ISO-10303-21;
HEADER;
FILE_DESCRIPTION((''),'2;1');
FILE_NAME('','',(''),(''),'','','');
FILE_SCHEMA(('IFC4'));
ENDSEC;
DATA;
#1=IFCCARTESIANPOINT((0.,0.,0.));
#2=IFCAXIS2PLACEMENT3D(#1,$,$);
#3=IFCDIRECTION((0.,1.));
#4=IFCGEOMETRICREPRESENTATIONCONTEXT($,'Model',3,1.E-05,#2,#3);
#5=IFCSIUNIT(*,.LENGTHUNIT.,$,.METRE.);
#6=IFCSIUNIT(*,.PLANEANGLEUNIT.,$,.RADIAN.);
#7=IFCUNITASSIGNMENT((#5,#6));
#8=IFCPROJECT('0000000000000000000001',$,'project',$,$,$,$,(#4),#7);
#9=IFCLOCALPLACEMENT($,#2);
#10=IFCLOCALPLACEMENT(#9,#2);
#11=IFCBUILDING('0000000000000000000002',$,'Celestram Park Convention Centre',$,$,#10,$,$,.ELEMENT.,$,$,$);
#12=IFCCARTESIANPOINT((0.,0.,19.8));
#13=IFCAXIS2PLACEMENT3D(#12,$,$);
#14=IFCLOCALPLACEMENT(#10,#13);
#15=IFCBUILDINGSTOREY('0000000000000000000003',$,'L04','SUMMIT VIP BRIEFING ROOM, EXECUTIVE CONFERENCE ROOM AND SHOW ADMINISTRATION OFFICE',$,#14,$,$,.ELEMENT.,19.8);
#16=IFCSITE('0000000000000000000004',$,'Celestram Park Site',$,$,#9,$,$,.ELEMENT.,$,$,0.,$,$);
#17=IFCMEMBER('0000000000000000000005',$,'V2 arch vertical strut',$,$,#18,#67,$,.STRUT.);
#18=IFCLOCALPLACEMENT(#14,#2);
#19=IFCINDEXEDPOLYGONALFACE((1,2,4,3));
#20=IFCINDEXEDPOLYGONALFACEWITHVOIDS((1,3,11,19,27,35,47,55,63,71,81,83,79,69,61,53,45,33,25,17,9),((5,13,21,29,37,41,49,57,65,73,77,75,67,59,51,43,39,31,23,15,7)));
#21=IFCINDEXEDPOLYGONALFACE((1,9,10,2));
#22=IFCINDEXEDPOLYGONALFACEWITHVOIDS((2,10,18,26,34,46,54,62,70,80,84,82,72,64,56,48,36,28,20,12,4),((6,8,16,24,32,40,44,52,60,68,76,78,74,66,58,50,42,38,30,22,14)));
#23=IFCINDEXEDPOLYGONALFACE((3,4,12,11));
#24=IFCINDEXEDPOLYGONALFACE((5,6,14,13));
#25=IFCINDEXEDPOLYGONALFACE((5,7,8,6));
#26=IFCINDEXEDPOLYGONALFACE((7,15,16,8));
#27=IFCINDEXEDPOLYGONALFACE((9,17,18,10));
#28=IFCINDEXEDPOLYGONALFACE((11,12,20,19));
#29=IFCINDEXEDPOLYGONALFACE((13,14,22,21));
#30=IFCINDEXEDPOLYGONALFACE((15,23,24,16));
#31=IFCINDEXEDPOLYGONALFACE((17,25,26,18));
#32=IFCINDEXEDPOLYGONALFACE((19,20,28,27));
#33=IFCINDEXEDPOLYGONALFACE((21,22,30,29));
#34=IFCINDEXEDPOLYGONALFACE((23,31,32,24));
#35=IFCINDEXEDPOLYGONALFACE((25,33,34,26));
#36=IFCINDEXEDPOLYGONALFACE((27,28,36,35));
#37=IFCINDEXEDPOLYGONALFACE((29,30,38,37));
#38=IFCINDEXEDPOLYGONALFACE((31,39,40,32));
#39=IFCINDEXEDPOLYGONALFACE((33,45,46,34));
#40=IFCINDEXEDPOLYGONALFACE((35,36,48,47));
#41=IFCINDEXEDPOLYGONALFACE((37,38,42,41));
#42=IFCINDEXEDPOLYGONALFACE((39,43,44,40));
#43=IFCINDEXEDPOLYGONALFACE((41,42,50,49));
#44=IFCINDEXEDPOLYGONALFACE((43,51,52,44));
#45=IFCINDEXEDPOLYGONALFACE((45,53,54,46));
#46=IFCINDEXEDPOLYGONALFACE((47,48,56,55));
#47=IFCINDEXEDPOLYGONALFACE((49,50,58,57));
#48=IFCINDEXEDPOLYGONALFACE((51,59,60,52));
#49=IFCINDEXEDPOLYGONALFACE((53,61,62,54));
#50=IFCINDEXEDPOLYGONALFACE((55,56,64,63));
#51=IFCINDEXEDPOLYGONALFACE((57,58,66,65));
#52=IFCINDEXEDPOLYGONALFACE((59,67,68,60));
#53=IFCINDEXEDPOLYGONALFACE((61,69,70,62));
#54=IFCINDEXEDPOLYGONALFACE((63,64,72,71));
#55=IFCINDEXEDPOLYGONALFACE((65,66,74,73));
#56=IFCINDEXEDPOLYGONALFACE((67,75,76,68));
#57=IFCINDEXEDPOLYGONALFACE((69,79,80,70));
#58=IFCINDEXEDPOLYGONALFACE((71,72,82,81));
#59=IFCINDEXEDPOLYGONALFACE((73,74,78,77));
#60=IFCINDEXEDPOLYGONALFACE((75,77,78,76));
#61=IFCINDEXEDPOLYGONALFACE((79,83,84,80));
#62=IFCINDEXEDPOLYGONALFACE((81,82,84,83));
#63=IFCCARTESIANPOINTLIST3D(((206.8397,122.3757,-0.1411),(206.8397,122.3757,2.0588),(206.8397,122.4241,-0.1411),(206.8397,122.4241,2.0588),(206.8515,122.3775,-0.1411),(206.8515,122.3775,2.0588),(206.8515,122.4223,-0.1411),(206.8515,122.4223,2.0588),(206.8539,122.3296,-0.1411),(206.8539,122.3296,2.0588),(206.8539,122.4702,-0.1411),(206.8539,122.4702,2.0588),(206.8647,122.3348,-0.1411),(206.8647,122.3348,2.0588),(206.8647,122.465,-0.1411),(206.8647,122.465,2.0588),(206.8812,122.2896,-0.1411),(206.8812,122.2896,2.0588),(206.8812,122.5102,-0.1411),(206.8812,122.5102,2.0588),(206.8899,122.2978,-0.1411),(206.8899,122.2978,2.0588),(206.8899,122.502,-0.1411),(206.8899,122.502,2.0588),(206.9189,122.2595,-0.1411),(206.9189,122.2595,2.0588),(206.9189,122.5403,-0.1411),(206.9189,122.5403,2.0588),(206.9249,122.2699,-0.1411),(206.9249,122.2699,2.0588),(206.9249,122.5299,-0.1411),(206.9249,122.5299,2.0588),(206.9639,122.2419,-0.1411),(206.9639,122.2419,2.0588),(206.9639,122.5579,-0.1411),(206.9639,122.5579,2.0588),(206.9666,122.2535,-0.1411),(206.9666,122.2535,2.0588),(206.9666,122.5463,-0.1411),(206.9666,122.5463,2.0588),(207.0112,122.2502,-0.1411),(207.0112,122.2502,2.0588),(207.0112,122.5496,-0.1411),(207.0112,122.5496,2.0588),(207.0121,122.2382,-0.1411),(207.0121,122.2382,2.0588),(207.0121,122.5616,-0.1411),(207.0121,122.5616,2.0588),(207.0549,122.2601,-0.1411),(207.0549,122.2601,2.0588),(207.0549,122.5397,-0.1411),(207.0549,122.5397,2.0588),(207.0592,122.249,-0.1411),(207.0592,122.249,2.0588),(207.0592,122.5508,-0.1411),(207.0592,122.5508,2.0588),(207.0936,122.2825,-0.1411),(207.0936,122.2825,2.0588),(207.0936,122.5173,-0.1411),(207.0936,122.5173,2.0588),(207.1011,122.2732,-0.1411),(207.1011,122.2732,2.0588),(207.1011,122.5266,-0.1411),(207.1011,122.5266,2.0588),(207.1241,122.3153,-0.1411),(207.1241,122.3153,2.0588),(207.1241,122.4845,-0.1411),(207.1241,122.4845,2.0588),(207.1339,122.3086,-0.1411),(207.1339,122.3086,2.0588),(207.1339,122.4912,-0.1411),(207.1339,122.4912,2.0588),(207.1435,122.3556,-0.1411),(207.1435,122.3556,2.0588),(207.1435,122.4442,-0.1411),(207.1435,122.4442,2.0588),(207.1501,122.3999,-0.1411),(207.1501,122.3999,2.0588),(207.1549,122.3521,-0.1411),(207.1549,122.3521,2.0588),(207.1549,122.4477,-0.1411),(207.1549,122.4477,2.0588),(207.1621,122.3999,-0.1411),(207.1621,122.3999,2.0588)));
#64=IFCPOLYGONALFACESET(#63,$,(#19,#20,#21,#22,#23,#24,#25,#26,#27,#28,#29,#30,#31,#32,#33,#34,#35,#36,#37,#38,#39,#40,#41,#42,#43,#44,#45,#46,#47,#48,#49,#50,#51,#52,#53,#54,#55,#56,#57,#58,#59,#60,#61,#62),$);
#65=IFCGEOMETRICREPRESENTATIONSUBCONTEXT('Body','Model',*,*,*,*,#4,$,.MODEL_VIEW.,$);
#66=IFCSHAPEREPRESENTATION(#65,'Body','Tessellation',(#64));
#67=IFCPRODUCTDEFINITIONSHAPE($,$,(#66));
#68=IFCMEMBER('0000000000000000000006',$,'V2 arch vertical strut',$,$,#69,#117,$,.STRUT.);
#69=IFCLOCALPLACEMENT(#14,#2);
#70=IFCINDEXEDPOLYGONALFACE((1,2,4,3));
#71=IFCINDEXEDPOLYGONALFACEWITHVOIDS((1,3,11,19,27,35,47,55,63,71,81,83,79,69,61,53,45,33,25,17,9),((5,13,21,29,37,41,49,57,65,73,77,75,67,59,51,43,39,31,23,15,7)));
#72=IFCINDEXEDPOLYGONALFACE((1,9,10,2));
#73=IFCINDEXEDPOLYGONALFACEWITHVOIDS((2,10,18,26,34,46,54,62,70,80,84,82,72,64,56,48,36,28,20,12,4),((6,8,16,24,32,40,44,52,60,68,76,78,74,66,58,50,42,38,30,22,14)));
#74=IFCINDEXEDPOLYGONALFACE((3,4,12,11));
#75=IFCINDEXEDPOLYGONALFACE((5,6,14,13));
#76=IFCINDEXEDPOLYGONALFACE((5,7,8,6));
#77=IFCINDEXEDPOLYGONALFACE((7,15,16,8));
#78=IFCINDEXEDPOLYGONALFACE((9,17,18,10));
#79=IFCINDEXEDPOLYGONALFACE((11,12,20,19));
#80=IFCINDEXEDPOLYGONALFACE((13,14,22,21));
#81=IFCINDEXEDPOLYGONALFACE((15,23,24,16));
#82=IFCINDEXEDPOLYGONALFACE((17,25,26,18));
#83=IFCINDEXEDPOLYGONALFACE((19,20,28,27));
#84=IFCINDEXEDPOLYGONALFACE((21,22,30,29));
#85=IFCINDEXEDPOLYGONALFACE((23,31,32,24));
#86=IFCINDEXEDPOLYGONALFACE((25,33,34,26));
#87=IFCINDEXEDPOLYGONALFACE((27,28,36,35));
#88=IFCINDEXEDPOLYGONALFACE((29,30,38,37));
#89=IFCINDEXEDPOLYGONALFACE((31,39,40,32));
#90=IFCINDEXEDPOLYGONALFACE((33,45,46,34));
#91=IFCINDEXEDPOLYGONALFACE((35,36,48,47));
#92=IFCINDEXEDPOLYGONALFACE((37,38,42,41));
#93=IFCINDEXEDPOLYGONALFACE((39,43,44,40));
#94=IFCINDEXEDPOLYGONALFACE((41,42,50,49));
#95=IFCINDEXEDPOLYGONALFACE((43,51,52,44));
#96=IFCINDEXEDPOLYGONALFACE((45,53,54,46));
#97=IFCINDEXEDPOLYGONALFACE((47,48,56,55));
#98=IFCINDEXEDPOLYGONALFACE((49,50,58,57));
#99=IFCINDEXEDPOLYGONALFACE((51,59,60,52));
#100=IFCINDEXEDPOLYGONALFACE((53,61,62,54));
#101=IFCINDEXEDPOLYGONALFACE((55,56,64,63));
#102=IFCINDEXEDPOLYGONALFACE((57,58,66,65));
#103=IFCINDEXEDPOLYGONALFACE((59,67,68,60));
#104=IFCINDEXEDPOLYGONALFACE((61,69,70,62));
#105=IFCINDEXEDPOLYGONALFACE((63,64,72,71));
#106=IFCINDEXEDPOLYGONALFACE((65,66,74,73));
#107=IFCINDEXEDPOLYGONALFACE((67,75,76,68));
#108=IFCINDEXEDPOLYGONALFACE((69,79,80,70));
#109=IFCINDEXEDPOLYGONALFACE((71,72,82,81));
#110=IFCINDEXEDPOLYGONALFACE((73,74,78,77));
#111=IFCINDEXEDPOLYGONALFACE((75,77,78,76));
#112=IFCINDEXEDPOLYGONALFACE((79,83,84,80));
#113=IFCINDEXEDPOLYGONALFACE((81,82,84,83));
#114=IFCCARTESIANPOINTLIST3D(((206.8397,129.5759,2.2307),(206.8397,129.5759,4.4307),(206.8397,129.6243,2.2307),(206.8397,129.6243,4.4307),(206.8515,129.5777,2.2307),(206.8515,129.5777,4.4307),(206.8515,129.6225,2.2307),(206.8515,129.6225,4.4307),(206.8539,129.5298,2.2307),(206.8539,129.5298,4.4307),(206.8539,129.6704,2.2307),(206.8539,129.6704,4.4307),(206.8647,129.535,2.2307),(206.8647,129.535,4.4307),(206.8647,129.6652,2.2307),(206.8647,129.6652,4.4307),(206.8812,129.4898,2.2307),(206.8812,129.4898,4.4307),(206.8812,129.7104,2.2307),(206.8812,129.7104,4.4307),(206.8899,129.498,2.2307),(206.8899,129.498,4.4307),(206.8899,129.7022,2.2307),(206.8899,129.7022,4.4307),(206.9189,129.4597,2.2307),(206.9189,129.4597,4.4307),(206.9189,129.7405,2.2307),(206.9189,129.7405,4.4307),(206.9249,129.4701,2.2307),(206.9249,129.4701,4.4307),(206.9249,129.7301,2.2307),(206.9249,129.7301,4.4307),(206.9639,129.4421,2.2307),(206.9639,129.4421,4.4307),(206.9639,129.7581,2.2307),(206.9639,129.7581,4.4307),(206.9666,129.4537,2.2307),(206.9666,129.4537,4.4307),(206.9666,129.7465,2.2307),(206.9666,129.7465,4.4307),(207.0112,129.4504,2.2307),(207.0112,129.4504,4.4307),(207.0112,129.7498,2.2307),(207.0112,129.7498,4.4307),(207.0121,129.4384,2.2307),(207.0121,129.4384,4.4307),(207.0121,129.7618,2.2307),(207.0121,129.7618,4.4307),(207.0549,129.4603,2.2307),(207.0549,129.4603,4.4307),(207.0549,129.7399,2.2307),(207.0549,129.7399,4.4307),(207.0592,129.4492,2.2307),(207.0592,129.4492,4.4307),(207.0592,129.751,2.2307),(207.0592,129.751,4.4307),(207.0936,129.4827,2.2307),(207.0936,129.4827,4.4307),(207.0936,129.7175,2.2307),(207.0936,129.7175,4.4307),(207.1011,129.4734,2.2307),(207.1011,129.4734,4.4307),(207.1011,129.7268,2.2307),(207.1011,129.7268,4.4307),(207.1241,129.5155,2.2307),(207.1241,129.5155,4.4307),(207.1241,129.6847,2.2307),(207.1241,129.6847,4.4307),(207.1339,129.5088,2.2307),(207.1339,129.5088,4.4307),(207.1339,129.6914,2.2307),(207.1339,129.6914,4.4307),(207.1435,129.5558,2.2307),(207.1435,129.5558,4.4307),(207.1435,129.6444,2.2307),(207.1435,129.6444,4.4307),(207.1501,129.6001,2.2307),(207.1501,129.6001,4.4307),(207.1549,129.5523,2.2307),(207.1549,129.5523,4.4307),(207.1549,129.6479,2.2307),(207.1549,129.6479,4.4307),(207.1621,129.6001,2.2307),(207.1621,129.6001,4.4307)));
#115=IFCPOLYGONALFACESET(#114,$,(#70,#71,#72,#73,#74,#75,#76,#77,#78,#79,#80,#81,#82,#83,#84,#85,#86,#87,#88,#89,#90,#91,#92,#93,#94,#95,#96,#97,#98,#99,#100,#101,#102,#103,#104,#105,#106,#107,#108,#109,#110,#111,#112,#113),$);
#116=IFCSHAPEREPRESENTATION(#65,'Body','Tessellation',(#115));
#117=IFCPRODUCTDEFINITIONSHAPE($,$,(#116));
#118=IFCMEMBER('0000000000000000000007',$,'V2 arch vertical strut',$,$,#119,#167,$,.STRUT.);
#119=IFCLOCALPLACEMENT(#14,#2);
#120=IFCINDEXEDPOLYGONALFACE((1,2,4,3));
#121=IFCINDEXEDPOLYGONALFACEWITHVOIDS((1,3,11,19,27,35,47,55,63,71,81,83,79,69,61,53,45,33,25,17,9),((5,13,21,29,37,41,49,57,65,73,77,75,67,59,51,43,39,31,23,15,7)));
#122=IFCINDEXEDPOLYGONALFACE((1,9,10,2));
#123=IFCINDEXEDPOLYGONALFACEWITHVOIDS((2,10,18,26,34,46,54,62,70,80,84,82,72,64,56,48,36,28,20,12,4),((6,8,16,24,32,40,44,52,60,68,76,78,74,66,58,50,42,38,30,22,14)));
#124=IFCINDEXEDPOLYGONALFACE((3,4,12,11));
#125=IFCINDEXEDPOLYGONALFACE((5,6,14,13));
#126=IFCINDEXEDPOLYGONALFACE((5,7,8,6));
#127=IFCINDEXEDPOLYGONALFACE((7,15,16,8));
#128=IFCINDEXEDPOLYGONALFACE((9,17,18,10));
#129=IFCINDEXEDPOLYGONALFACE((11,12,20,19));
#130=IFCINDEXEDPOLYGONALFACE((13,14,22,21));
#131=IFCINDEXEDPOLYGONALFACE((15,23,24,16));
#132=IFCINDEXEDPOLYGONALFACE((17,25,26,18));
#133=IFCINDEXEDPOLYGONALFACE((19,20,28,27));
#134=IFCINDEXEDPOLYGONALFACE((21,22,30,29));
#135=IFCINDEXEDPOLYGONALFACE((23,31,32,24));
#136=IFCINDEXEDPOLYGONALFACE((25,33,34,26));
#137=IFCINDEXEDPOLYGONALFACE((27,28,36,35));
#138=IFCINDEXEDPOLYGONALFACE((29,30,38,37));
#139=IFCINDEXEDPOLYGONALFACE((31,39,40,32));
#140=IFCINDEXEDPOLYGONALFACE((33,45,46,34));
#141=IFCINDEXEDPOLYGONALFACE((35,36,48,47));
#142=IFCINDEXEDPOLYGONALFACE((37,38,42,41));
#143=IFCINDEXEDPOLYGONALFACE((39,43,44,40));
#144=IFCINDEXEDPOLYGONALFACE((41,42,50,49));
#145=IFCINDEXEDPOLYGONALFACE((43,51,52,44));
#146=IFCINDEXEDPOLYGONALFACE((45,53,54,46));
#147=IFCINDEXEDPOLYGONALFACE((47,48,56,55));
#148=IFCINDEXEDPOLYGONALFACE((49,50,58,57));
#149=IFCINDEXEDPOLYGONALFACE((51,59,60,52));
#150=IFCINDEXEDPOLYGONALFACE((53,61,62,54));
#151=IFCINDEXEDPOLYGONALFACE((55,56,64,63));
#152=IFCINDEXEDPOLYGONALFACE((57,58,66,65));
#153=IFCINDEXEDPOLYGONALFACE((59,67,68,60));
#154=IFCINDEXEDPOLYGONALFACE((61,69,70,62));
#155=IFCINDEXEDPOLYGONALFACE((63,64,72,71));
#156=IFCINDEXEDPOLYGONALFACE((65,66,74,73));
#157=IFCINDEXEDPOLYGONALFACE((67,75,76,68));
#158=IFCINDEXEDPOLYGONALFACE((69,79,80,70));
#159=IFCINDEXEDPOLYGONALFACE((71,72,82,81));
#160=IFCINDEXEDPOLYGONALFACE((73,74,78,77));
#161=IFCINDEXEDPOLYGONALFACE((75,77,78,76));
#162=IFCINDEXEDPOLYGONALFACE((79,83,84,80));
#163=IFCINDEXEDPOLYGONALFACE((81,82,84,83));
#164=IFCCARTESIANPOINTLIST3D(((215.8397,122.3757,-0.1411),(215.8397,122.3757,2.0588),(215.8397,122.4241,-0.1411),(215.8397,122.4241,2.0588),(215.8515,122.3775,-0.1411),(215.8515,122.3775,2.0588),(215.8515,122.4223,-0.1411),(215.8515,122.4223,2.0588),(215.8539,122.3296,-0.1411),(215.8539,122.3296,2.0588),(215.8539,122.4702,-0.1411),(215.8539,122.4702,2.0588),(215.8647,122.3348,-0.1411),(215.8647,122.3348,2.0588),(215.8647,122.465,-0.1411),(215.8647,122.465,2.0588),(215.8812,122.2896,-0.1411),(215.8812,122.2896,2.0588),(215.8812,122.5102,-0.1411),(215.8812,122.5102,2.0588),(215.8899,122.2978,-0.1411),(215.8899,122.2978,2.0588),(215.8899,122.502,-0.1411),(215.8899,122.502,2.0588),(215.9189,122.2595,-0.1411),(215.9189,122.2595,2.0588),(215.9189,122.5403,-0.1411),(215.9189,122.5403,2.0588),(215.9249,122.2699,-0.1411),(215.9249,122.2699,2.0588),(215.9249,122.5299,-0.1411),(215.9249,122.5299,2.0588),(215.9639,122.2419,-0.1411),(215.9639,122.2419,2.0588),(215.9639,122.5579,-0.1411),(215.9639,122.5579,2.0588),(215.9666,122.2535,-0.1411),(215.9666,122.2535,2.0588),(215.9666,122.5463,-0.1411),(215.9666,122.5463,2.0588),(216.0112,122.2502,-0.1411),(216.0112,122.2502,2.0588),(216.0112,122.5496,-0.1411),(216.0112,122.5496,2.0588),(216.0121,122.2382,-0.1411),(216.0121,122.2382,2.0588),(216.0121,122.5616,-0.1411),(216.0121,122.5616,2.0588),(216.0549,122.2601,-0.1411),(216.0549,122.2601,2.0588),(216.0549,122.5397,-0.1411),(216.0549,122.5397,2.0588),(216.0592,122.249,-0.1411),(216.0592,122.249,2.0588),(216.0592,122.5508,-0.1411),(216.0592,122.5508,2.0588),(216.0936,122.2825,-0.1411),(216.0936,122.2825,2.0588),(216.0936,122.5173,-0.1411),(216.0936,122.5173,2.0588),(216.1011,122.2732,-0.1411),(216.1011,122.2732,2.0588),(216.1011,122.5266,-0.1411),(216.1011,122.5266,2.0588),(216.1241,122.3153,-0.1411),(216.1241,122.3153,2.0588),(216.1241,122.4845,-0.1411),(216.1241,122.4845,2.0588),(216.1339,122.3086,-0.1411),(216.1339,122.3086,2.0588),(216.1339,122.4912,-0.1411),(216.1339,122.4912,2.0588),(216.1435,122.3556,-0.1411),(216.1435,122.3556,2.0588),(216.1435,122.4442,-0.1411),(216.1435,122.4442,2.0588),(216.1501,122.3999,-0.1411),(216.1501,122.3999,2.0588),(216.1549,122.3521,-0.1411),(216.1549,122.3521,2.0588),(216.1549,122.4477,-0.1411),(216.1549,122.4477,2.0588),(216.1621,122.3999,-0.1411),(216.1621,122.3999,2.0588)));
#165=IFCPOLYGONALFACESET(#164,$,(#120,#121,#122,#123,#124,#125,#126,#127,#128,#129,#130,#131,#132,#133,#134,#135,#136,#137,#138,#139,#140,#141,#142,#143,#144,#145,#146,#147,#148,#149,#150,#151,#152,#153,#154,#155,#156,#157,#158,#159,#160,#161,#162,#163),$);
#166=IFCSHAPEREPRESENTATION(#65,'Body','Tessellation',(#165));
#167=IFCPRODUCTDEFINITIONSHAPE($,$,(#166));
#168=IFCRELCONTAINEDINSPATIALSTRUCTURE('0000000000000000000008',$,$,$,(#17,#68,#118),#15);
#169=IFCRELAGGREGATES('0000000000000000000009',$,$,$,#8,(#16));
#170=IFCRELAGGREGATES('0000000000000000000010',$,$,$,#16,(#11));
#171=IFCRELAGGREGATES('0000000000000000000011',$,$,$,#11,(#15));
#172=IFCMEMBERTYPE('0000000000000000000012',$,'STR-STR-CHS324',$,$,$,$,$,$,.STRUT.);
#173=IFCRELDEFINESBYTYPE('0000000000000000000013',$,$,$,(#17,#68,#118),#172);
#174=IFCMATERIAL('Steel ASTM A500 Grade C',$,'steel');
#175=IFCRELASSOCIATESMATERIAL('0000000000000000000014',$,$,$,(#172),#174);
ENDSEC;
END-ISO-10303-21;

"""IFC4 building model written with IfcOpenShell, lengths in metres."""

from ifc_helpers import new_model, si_unit, direction, frame, origin, origin_2d, place, context, subcontext, project, spatial, hollow_circle, extrude, material, material_profile, profile_set, type_object, element, save


model = new_model("IFC4")

# Units and contexts
model_context = context("Model", 3, precision=1e-05, world=origin(), true_north=direction((0.0, 1.0)))
body_context = subcontext(model_context, "Body", "Model", "MODEL_VIEW")
ifc_project = project(units=[si_unit("LENGTHUNIT", "METRE"), si_unit("PLANEANGLEUNIT", "RADIAN")], contexts=[model_context])

# Site, building, storey
site_placement = place(None, origin())
site = spatial("IfcSite", under=ifc_project, at=site_placement, Name="Celestram Park Site", CompositionType="ELEMENT", RefElevation=0.0)
building_placement = place(site_placement, origin())
building = spatial("IfcBuilding", under=site, at=building_placement, Name="Celestram Park Convention Centre", CompositionType="ELEMENT")
storey_placement = place(building_placement, frame((0.0, 0.0, 19.8)))
storey = spatial("IfcBuildingStorey", under=building, at=storey_placement, Name="L04", Description="SUMMIT VIP BRIEFING ROOM, EXECUTIVE CONFERENCE ROOM AND SHOW ADMINISTRATION OFFICE", CompositionType="ELEMENT", Elevation=19.8)

# Members
ifc_material_1 = material(Name="Steel ASTM A500 Grade C", Category="steel")
ifc_material_profile_1 = material_profile(ifc_material_1, hollow_circle(Radius=0.1621, WallThickness=0.012, at=origin_2d()), Name="CHS324X12")
ifc_profile_set_1 = profile_set([ifc_material_profile_1], Name="Steel ASTM A500 Grade C")
member_type_1 = type_object("IfcMemberType", Name="STR-STR-CHS324", PredefinedType="STRUT", material=ifc_profile_set_1)
for number, where, z_axis, x_axis, name in (
    (1, (207.0, 122.3999, -0.1411), (0.0, 0.0, 1.0), (1.0, 0.0, 0.0), "V2 arch vertical strut"),
    (2, (207.0, 129.6001, 2.2307), (0.0, 0.0, 1.0), (1.0, 0.0, 0.0), "V2 arch vertical strut"),
    (3, (216.0, 122.3999, -0.1411), (0.0, 0.0, 1.0), (1.0, 0.0, 0.0), "V2 arch vertical strut"),
):
    element("IfcMember", number, at=place(storey_placement, frame(where, z_axis=z_axis, x_axis=x_axis)), inside=storey, type_object=member_type_1, Name=name, PredefinedType="STRUT", context=body_context, shape_type="SweptSolid", body=[
        extrude(hollow_circle(Radius=0.1621, WallThickness=0.012, at=origin_2d()), origin(), (0.0, 0.0, 1.0), 2.2),
    ])

save(model, "model.ifc")
